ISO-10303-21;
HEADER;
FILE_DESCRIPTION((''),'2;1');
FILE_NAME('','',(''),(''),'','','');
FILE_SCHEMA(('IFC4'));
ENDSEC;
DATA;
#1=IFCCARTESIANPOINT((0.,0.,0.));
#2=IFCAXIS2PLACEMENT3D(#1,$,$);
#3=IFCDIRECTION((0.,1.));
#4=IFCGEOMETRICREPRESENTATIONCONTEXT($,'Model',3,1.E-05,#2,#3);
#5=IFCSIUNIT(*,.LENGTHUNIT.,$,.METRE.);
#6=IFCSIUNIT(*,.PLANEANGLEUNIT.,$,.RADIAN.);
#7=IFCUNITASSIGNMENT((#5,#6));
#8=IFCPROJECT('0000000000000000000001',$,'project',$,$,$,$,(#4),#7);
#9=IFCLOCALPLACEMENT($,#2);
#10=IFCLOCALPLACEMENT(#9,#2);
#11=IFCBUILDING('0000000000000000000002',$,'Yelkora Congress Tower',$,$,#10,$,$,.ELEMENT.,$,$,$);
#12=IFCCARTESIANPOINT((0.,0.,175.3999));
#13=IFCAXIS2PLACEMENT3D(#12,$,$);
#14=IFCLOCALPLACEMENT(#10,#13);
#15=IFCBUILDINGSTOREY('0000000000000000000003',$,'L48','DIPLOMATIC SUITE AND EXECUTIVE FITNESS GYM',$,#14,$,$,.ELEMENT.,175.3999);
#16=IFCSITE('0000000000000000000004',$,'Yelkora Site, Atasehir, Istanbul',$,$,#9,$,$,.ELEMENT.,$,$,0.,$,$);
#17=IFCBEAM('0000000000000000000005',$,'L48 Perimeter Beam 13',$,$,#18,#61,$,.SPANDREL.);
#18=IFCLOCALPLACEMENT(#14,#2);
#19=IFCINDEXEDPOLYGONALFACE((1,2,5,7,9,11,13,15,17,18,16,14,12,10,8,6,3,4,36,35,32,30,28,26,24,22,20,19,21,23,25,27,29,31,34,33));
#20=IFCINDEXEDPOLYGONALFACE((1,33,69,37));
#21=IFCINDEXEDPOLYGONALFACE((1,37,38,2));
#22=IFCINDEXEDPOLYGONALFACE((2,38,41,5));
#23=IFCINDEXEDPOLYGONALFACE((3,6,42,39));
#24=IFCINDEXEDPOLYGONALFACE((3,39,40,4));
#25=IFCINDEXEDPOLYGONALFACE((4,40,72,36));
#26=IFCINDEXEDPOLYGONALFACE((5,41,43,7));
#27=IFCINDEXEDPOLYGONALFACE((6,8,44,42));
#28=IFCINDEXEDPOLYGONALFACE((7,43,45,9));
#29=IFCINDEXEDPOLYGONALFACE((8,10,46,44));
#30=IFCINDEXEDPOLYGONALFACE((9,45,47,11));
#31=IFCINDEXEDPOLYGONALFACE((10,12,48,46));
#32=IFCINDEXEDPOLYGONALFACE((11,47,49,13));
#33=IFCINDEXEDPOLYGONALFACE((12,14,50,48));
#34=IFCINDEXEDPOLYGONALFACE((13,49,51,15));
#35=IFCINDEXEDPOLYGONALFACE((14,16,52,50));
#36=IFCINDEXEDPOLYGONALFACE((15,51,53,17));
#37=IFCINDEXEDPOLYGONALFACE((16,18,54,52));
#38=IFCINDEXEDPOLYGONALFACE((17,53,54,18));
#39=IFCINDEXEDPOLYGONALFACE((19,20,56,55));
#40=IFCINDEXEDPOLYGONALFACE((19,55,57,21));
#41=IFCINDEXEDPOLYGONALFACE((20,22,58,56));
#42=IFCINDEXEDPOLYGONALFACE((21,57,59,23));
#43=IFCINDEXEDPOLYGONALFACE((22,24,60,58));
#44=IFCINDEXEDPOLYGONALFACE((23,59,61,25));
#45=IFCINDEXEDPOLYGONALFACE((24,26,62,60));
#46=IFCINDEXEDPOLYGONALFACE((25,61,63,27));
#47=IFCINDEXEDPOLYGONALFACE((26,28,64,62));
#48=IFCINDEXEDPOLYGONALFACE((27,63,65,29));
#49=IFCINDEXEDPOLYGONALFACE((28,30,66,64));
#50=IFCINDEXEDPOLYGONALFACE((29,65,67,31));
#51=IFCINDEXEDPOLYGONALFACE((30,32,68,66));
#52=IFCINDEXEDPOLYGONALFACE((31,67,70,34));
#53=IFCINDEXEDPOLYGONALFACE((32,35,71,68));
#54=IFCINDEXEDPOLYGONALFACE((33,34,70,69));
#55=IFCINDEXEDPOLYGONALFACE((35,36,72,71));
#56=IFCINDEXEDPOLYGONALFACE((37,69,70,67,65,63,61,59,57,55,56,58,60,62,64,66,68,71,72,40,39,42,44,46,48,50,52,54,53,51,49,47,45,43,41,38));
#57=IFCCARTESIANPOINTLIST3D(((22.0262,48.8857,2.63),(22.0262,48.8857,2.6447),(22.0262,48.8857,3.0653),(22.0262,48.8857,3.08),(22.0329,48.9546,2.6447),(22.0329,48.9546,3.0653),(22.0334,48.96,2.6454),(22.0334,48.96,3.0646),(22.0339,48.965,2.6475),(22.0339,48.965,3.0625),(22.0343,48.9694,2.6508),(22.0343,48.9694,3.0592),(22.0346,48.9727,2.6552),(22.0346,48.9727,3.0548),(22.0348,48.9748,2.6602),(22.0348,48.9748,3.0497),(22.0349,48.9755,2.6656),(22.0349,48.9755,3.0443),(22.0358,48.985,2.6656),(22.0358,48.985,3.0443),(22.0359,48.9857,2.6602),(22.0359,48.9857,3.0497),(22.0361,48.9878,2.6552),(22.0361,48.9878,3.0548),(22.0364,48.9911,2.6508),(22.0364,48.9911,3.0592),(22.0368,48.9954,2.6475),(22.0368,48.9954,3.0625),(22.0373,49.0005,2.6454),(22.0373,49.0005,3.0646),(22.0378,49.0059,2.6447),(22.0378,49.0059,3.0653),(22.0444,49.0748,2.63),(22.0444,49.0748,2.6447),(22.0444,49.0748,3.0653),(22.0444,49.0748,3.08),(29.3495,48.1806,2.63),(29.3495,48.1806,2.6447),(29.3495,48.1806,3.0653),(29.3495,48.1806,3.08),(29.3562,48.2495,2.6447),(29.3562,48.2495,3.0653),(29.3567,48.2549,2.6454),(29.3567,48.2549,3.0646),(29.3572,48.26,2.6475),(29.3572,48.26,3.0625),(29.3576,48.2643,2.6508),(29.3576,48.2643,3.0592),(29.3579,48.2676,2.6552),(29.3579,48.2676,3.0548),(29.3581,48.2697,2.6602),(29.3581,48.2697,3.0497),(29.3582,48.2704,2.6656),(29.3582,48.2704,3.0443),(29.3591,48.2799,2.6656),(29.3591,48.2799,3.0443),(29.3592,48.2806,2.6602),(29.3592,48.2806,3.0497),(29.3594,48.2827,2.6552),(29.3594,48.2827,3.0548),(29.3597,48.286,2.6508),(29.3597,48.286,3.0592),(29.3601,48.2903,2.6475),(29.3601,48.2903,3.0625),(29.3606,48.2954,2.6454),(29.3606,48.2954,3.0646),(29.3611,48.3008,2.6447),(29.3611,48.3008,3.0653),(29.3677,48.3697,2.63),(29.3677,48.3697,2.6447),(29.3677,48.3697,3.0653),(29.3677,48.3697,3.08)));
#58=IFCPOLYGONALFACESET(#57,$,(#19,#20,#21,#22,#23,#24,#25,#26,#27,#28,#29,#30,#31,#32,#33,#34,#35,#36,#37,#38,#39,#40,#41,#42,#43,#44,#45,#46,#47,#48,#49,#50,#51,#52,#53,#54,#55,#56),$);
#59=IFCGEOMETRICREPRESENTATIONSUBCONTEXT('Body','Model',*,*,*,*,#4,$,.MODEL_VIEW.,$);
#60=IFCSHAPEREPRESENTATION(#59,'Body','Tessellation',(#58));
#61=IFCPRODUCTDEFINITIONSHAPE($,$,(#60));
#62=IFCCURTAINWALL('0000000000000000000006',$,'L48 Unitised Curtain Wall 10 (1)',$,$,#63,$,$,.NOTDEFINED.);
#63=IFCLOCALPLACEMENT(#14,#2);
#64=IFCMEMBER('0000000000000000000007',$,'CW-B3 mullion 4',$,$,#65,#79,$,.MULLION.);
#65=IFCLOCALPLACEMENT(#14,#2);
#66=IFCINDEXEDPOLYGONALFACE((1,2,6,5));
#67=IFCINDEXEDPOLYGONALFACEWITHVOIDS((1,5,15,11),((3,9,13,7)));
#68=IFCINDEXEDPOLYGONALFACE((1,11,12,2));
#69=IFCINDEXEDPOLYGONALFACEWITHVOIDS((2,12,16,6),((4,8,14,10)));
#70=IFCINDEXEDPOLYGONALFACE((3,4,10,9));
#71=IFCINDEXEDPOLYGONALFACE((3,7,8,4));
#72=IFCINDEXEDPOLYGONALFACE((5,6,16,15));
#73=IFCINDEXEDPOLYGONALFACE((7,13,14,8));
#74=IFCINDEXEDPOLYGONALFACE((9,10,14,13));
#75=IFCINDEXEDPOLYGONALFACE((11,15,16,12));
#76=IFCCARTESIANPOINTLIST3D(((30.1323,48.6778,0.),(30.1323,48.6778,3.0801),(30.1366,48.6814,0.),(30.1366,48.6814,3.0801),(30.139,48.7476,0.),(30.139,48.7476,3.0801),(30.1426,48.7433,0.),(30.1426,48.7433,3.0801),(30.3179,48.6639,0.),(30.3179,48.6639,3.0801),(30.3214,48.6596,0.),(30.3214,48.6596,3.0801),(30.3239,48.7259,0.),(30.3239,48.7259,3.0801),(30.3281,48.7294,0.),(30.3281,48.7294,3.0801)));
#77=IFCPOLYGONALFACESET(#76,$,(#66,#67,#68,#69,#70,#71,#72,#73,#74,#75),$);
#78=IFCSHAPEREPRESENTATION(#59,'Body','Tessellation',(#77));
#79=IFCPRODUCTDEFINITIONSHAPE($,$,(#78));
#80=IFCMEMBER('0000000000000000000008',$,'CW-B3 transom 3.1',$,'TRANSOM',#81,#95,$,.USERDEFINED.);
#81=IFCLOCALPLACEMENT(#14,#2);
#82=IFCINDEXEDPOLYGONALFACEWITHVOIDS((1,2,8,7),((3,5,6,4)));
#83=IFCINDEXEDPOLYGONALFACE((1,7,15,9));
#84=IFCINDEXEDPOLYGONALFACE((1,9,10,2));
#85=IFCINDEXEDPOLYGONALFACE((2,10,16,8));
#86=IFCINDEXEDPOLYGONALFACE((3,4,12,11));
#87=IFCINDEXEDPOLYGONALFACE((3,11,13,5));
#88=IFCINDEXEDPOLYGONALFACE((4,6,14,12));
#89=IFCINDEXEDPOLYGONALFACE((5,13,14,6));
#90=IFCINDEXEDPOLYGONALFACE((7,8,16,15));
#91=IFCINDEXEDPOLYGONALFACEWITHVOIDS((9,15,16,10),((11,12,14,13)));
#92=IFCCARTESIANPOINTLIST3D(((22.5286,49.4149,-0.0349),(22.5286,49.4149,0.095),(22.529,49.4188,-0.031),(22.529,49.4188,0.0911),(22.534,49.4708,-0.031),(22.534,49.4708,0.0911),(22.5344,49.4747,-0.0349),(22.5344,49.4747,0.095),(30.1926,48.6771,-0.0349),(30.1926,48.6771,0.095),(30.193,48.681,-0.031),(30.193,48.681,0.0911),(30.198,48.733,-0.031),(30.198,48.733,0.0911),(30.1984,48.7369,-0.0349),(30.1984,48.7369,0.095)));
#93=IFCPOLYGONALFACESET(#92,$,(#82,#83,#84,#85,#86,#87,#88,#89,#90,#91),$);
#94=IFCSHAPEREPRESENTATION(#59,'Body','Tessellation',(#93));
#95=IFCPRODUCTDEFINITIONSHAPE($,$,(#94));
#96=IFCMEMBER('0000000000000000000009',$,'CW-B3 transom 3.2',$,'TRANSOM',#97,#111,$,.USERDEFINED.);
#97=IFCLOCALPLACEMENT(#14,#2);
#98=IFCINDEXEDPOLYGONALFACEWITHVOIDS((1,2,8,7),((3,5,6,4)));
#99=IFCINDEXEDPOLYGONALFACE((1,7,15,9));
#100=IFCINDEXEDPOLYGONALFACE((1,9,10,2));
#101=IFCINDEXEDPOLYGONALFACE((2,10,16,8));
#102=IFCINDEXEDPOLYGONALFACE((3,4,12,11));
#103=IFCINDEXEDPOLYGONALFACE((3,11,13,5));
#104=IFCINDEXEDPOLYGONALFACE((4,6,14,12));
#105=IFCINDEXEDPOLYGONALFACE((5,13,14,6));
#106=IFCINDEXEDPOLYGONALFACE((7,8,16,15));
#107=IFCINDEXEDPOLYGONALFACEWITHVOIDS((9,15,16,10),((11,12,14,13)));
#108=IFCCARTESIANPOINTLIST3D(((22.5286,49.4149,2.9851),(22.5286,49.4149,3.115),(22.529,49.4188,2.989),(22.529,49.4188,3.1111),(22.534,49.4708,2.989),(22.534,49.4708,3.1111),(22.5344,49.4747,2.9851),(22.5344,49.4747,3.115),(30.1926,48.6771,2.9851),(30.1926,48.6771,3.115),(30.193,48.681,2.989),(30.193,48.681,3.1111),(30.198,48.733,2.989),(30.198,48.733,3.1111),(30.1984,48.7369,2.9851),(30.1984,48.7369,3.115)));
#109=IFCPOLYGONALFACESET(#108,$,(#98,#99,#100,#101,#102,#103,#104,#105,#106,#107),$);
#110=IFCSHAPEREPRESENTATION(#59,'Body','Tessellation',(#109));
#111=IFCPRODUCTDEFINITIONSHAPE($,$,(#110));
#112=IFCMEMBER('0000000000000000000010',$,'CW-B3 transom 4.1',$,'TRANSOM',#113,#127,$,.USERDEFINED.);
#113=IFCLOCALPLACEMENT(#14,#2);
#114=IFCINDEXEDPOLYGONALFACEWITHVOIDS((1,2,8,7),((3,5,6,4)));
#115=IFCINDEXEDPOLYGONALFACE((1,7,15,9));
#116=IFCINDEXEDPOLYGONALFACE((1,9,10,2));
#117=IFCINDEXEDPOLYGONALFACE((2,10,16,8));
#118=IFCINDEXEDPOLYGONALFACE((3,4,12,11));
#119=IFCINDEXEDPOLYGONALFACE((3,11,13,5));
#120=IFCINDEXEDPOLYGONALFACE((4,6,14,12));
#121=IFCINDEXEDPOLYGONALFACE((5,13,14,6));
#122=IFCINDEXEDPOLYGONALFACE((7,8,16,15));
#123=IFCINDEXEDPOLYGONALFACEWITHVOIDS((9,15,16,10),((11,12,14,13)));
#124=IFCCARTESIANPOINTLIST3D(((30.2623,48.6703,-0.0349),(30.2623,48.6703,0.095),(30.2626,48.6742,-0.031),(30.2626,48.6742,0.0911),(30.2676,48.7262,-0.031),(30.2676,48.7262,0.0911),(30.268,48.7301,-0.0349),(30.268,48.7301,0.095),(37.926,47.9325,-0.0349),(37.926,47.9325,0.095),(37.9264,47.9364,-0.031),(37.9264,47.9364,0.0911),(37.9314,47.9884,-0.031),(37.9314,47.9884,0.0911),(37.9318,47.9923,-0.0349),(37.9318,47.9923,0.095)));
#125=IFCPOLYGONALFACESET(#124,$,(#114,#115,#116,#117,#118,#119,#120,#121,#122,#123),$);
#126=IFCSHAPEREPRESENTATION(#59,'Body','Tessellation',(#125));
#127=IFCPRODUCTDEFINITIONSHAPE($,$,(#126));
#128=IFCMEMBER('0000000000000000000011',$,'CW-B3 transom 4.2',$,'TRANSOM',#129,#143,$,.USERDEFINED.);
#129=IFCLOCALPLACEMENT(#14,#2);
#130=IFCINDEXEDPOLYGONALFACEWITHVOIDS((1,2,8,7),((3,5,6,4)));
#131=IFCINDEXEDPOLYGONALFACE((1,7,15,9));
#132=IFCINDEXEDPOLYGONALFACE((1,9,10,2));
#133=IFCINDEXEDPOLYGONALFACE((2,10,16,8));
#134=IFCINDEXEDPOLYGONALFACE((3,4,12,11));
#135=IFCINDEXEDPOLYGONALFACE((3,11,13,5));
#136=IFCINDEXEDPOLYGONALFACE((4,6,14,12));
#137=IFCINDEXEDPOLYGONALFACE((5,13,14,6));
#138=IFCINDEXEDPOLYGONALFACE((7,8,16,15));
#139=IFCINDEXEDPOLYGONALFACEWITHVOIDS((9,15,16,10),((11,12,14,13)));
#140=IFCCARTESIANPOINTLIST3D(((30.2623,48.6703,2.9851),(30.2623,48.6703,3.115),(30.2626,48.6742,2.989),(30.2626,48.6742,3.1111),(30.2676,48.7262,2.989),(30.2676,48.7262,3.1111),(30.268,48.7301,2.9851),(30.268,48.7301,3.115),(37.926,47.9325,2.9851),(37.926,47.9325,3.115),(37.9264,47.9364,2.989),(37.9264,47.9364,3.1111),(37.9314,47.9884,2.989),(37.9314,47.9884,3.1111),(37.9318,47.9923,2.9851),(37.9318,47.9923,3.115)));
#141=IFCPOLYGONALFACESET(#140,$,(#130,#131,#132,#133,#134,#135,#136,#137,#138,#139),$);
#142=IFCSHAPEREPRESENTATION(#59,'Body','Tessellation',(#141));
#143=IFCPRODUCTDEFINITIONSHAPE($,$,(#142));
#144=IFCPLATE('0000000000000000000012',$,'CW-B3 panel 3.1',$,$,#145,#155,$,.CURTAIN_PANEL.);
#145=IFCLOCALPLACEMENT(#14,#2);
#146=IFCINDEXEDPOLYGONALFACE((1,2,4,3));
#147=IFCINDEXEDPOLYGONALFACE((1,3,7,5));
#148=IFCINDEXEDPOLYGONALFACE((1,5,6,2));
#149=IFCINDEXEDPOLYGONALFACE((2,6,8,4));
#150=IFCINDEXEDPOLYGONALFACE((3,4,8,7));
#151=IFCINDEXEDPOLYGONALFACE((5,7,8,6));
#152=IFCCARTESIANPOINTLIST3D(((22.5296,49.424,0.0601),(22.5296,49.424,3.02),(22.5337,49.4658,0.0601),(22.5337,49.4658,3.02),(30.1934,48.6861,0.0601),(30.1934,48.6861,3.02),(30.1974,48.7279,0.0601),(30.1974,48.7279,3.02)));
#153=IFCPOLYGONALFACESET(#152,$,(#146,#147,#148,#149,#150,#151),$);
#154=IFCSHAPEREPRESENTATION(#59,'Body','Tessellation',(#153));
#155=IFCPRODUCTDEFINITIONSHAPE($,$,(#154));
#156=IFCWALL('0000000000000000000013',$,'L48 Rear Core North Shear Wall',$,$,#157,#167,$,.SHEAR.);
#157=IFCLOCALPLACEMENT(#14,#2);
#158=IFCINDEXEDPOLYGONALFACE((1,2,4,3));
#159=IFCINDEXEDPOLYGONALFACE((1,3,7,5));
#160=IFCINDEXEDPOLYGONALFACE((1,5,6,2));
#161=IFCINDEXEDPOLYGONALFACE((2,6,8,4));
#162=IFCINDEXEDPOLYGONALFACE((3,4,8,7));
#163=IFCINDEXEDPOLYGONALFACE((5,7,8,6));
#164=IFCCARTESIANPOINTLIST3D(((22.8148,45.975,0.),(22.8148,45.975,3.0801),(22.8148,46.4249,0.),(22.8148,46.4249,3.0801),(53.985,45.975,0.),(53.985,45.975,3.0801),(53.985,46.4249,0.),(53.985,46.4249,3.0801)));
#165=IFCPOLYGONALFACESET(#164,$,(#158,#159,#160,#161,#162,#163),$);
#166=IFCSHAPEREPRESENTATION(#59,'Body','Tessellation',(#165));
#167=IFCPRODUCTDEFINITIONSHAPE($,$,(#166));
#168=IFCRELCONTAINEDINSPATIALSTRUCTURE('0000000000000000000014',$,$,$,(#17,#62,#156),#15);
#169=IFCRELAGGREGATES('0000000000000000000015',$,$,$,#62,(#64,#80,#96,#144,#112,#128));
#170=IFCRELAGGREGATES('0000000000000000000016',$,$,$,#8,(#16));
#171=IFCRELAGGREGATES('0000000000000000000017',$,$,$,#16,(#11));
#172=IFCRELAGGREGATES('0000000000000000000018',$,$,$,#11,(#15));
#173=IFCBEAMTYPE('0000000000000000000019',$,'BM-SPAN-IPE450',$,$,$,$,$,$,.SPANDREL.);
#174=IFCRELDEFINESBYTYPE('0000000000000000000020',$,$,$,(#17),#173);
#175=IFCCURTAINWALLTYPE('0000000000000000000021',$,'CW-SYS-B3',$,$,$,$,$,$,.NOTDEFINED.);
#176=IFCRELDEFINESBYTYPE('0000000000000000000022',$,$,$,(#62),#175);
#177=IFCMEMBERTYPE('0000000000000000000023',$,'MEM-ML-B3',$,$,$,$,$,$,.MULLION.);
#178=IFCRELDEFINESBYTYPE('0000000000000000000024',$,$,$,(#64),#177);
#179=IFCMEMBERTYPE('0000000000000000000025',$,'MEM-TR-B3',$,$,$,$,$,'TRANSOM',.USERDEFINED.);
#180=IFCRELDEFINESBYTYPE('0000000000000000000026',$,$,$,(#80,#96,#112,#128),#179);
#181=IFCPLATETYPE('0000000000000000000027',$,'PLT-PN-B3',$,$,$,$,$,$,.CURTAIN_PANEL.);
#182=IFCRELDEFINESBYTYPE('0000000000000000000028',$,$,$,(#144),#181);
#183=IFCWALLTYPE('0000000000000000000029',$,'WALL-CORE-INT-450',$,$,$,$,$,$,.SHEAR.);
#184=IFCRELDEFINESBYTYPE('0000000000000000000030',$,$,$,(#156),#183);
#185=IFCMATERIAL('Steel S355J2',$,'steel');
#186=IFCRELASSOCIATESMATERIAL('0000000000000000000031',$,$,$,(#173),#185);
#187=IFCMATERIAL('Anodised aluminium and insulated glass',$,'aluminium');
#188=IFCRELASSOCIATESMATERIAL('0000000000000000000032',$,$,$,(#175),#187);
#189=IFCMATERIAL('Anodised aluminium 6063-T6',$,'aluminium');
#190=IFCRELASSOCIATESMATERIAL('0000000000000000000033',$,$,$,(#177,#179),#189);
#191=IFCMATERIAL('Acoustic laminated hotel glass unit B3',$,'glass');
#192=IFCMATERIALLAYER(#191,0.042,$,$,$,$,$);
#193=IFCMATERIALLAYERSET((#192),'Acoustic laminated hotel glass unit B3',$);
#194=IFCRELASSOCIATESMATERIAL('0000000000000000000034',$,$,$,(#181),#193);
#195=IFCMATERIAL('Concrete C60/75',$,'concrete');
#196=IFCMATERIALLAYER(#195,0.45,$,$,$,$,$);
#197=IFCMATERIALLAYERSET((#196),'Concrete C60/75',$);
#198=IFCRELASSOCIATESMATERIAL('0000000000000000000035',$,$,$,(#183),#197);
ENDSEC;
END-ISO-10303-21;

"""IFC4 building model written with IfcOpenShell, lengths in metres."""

from ifc_helpers import new_model, si_unit, direction, frame, frame_2d, origin, origin_2d, place, context, subcontext, project, spatial, rectangle, hollow_rectangle, i_section, extrude, material, layer, layer_set, material_profile, profile_set, type_object, element, aggregate, save


model = new_model("IFC4")

# Units and contexts
model_context = context("Model", 3, precision=1e-05, world=origin(), true_north=direction((0.0, 1.0)))
body_context = subcontext(model_context, "Body", "Model", "MODEL_VIEW")
ifc_project = project(units=[si_unit("LENGTHUNIT", "METRE"), si_unit("PLANEANGLEUNIT", "RADIAN")], contexts=[model_context])

# Site, building, storey
site_placement = place(None, origin())
site = spatial("IfcSite", under=ifc_project, at=site_placement, Name="Yelkora Site, Atasehir, Istanbul", CompositionType="ELEMENT", RefElevation=0.0)
building_placement = place(site_placement, origin())
building = spatial("IfcBuilding", under=site, at=building_placement, Name="Yelkora Congress Tower", CompositionType="ELEMENT")
storey_placement = place(building_placement, frame((0.0, 0.0, 175.3999)))
storey = spatial("IfcBuildingStorey", under=building, at=storey_placement, Name="L48", Description="DIPLOMATIC SUITE AND EXECUTIVE FITNESS GYM", CompositionType="ELEMENT", Elevation=175.3999)

# Beam
ifc_material_1 = material(Name="Steel S355J2", Category="steel")
ifc_material_profile_1 = material_profile(ifc_material_1, i_section(OverallWidth=0.1899, OverallDepth=0.45, WebThickness=0.0095, FlangeThickness=0.0146, FilletRadius=0.021, at=origin_2d()), Name="IPE 450")
ifc_profile_set_1 = profile_set([ifc_material_profile_1], Name="Steel S355J2")
beam_type_1 = type_object("IfcBeamType", Name="BM-SPAN-IPE450", PredefinedType="SPANDREL", material=ifc_profile_set_1)
beam_1_placement = place(storey_placement, frame((29.3586, 48.2751, 2.855), z_axis=(-0.995397, 0.095836, 0.0), x_axis=(-0.095836, -0.995397, 0.0)))
element("IfcBeam", 1, at=beam_1_placement, inside=storey, type_object=beam_type_1, Name="L48 Perimeter Beam 13", PredefinedType="SPANDREL", context=body_context, shape_type="SweptSolid", body=[
    extrude(i_section(OverallWidth=0.1899, OverallDepth=0.45, WebThickness=0.0095, FlangeThickness=0.0146, FilletRadius=0.021, at=origin_2d()), origin(), (0.0, 0.0, 1.0), 7.3572),
])

# Curtain wall, members, plate
ifc_material_2 = material(Name="Anodised aluminium and insulated glass", Category="aluminium")
curtain_wall_type = type_object("IfcCurtainWallType", Name="CW-SYS-B3", PredefinedType="NOTDEFINED", material=ifc_material_2)
curtain_wall_placement = place(storey_placement, origin())
curtain_wall = element("IfcCurtainWall", 2, at=curtain_wall_placement, inside=storey, type_object=curtain_wall_type, Name="L48 Unitised Curtain Wall 10 (1)", PredefinedType="NOTDEFINED")
ifc_material_3 = material(Name="Anodised aluminium 6063-T6", Category="aluminium")
ifc_material_profile_2 = material_profile(ifc_material_3, hollow_rectangle(XDim=0.0701, YDim=0.1899, WallThickness=0.0039, at=origin_2d()), Name="ALU 70x190x4")
ifc_profile_set_2 = profile_set([ifc_material_profile_2], Name="Anodised aluminium 6063-T6")
member_type_1 = type_object("IfcMemberType", Name="MEM-ML-B3", PredefinedType="MULLION", material=ifc_profile_set_2)
member_1_placement = place(storey_placement, frame((30.2302, 48.7036, 0.0), z_axis=(0.0, 0.0, 1.0), x_axis=(0.095845, 0.995396, 0.0)))
member_1 = element("IfcMember", 3, at=member_1_placement, type_object=member_type_1, Name="CW-B3 mullion 4", PredefinedType="MULLION", context=body_context, shape_type="SweptSolid", body=[
    extrude(hollow_rectangle(XDim=0.0701, YDim=0.1899, WallThickness=0.0039, at=origin_2d()), origin(), (0.0, 0.0, 1.0), 3.0801),
])
ifc_material_profile_3 = material_profile(ifc_material_3, hollow_rectangle(XDim=0.0601, YDim=0.1299, WallThickness=0.0039, at=origin_2d()), Name="ALU 60x130x4")
ifc_profile_set_3 = profile_set([ifc_material_profile_3], Name="Anodised aluminium 6063-T6")
member_type_2 = type_object("IfcMemberType", Name="MEM-TR-B3", ElementType="TRANSOM", PredefinedType="USERDEFINED", material=ifc_profile_set_3)
member_2_placement = place(storey_placement, frame((22.5315, 49.4448, 0.03), z_axis=(0.995398, -0.095824, 0.0), x_axis=(0.095824, 0.995398, 0.0)))
member_2 = element("IfcMember", 4, at=member_2_placement, type_object=member_type_2, Name="CW-B3 transom 3.1", ObjectType="TRANSOM", PredefinedType="USERDEFINED", context=body_context, shape_type="SweptSolid", body=[
    extrude(hollow_rectangle(XDim=0.0601, YDim=0.1299, WallThickness=0.0039, at=origin_2d()), origin(), (0.0, 0.0, 1.0), 7.6995),
])
member_3_placement = place(storey_placement, frame((22.5315, 49.4448, 3.05), z_axis=(0.995398, -0.095824, 0.0), x_axis=(0.095824, 0.995398, 0.0)))
member_3 = element("IfcMember", 5, at=member_3_placement, type_object=member_type_2, Name="CW-B3 transom 3.2", ObjectType="TRANSOM", PredefinedType="USERDEFINED", context=body_context, shape_type="SweptSolid", body=[
    extrude(hollow_rectangle(XDim=0.0601, YDim=0.1299, WallThickness=0.0039, at=origin_2d()), origin(), (0.0, 0.0, 1.0), 7.6995),
])
member_4_placement = place(storey_placement, frame((30.2651, 48.7002, 0.03), z_axis=(0.995398, -0.095827, 0.0), x_axis=(0.095827, 0.995398, 0.0)))
member_4 = element("IfcMember", 6, at=member_4_placement, type_object=member_type_2, Name="CW-B3 transom 4.1", ObjectType="TRANSOM", PredefinedType="USERDEFINED", context=body_context, shape_type="SweptSolid", body=[
    extrude(hollow_rectangle(XDim=0.0601, YDim=0.1299, WallThickness=0.0039, at=origin_2d()), origin(), (0.0, 0.0, 1.0), 7.6992),
])
member_5_placement = place(storey_placement, frame((30.2651, 48.7002, 3.05), z_axis=(0.995398, -0.095827, 0.0), x_axis=(0.095827, 0.995398, 0.0)))
member_5 = element("IfcMember", 7, at=member_5_placement, type_object=member_type_2, Name="CW-B3 transom 4.2", ObjectType="TRANSOM", PredefinedType="USERDEFINED", context=body_context, shape_type="SweptSolid", body=[
    extrude(hollow_rectangle(XDim=0.0601, YDim=0.1299, WallThickness=0.0039, at=origin_2d()), origin(), (0.0, 0.0, 1.0), 7.6992),
])
ifc_material_4 = material(Name="Acoustic laminated hotel glass unit B3", Category="glass")
ifc_layer_1 = layer(ifc_material_4, 0.042)
ifc_layer_set_1 = layer_set([ifc_layer_1], Name="Acoustic laminated hotel glass unit B3")
plate_type = type_object("IfcPlateType", Name="PLT-PN-B3", PredefinedType="CURTAIN_PANEL", material=ifc_layer_set_1)
plate_placement = place(storey_placement, frame((26.3635, 49.0759, 0.0601), z_axis=(0.0, 0.0, 1.0), x_axis=(0.995396, -0.095845, 0.0)))
plate = element("IfcPlate", 8, at=plate_placement, type_object=plate_type, Name="CW-B3 panel 3.1", PredefinedType="CURTAIN_PANEL", context=body_context, shape_type="SweptSolid", body=[
    extrude(rectangle(XDim=7.6992, YDim=0.042, at=origin_2d()), origin(), (0.0, 0.0, 1.0), 2.96),
])
aggregate(curtain_wall, [member_1, member_2, member_3, plate, member_4, member_5])

# Wall
ifc_material_5 = material(Name="Concrete C60/75", Category="concrete")
ifc_layer_2 = layer(ifc_material_5, 0.45)
ifc_layer_set_2 = layer_set([ifc_layer_2], Name="Concrete C60/75")
wall_type_1 = type_object("IfcWallType", Name="WALL-CORE-INT-450", PredefinedType="SHEAR", material=ifc_layer_set_2)
wall_1_placement = place(storey_placement, frame((22.8149, 46.2, 0.0), z_axis=(0.0, 0.0, 1.0), x_axis=(1.0, 0.0, 0.0)))
element("IfcWall", 9, at=wall_1_placement, inside=storey, type_object=wall_type_1, Name="L48 Rear Core North Shear Wall", PredefinedType="SHEAR", context=body_context, shape_type="SweptSolid", body=[
    extrude(rectangle(XDim=31.1702, YDim=0.45, at=frame_2d((15.585, 0.0))), origin(), (0.0, 0.0, 1.0), 3.0801),
])

save(model, "model.ifc")
